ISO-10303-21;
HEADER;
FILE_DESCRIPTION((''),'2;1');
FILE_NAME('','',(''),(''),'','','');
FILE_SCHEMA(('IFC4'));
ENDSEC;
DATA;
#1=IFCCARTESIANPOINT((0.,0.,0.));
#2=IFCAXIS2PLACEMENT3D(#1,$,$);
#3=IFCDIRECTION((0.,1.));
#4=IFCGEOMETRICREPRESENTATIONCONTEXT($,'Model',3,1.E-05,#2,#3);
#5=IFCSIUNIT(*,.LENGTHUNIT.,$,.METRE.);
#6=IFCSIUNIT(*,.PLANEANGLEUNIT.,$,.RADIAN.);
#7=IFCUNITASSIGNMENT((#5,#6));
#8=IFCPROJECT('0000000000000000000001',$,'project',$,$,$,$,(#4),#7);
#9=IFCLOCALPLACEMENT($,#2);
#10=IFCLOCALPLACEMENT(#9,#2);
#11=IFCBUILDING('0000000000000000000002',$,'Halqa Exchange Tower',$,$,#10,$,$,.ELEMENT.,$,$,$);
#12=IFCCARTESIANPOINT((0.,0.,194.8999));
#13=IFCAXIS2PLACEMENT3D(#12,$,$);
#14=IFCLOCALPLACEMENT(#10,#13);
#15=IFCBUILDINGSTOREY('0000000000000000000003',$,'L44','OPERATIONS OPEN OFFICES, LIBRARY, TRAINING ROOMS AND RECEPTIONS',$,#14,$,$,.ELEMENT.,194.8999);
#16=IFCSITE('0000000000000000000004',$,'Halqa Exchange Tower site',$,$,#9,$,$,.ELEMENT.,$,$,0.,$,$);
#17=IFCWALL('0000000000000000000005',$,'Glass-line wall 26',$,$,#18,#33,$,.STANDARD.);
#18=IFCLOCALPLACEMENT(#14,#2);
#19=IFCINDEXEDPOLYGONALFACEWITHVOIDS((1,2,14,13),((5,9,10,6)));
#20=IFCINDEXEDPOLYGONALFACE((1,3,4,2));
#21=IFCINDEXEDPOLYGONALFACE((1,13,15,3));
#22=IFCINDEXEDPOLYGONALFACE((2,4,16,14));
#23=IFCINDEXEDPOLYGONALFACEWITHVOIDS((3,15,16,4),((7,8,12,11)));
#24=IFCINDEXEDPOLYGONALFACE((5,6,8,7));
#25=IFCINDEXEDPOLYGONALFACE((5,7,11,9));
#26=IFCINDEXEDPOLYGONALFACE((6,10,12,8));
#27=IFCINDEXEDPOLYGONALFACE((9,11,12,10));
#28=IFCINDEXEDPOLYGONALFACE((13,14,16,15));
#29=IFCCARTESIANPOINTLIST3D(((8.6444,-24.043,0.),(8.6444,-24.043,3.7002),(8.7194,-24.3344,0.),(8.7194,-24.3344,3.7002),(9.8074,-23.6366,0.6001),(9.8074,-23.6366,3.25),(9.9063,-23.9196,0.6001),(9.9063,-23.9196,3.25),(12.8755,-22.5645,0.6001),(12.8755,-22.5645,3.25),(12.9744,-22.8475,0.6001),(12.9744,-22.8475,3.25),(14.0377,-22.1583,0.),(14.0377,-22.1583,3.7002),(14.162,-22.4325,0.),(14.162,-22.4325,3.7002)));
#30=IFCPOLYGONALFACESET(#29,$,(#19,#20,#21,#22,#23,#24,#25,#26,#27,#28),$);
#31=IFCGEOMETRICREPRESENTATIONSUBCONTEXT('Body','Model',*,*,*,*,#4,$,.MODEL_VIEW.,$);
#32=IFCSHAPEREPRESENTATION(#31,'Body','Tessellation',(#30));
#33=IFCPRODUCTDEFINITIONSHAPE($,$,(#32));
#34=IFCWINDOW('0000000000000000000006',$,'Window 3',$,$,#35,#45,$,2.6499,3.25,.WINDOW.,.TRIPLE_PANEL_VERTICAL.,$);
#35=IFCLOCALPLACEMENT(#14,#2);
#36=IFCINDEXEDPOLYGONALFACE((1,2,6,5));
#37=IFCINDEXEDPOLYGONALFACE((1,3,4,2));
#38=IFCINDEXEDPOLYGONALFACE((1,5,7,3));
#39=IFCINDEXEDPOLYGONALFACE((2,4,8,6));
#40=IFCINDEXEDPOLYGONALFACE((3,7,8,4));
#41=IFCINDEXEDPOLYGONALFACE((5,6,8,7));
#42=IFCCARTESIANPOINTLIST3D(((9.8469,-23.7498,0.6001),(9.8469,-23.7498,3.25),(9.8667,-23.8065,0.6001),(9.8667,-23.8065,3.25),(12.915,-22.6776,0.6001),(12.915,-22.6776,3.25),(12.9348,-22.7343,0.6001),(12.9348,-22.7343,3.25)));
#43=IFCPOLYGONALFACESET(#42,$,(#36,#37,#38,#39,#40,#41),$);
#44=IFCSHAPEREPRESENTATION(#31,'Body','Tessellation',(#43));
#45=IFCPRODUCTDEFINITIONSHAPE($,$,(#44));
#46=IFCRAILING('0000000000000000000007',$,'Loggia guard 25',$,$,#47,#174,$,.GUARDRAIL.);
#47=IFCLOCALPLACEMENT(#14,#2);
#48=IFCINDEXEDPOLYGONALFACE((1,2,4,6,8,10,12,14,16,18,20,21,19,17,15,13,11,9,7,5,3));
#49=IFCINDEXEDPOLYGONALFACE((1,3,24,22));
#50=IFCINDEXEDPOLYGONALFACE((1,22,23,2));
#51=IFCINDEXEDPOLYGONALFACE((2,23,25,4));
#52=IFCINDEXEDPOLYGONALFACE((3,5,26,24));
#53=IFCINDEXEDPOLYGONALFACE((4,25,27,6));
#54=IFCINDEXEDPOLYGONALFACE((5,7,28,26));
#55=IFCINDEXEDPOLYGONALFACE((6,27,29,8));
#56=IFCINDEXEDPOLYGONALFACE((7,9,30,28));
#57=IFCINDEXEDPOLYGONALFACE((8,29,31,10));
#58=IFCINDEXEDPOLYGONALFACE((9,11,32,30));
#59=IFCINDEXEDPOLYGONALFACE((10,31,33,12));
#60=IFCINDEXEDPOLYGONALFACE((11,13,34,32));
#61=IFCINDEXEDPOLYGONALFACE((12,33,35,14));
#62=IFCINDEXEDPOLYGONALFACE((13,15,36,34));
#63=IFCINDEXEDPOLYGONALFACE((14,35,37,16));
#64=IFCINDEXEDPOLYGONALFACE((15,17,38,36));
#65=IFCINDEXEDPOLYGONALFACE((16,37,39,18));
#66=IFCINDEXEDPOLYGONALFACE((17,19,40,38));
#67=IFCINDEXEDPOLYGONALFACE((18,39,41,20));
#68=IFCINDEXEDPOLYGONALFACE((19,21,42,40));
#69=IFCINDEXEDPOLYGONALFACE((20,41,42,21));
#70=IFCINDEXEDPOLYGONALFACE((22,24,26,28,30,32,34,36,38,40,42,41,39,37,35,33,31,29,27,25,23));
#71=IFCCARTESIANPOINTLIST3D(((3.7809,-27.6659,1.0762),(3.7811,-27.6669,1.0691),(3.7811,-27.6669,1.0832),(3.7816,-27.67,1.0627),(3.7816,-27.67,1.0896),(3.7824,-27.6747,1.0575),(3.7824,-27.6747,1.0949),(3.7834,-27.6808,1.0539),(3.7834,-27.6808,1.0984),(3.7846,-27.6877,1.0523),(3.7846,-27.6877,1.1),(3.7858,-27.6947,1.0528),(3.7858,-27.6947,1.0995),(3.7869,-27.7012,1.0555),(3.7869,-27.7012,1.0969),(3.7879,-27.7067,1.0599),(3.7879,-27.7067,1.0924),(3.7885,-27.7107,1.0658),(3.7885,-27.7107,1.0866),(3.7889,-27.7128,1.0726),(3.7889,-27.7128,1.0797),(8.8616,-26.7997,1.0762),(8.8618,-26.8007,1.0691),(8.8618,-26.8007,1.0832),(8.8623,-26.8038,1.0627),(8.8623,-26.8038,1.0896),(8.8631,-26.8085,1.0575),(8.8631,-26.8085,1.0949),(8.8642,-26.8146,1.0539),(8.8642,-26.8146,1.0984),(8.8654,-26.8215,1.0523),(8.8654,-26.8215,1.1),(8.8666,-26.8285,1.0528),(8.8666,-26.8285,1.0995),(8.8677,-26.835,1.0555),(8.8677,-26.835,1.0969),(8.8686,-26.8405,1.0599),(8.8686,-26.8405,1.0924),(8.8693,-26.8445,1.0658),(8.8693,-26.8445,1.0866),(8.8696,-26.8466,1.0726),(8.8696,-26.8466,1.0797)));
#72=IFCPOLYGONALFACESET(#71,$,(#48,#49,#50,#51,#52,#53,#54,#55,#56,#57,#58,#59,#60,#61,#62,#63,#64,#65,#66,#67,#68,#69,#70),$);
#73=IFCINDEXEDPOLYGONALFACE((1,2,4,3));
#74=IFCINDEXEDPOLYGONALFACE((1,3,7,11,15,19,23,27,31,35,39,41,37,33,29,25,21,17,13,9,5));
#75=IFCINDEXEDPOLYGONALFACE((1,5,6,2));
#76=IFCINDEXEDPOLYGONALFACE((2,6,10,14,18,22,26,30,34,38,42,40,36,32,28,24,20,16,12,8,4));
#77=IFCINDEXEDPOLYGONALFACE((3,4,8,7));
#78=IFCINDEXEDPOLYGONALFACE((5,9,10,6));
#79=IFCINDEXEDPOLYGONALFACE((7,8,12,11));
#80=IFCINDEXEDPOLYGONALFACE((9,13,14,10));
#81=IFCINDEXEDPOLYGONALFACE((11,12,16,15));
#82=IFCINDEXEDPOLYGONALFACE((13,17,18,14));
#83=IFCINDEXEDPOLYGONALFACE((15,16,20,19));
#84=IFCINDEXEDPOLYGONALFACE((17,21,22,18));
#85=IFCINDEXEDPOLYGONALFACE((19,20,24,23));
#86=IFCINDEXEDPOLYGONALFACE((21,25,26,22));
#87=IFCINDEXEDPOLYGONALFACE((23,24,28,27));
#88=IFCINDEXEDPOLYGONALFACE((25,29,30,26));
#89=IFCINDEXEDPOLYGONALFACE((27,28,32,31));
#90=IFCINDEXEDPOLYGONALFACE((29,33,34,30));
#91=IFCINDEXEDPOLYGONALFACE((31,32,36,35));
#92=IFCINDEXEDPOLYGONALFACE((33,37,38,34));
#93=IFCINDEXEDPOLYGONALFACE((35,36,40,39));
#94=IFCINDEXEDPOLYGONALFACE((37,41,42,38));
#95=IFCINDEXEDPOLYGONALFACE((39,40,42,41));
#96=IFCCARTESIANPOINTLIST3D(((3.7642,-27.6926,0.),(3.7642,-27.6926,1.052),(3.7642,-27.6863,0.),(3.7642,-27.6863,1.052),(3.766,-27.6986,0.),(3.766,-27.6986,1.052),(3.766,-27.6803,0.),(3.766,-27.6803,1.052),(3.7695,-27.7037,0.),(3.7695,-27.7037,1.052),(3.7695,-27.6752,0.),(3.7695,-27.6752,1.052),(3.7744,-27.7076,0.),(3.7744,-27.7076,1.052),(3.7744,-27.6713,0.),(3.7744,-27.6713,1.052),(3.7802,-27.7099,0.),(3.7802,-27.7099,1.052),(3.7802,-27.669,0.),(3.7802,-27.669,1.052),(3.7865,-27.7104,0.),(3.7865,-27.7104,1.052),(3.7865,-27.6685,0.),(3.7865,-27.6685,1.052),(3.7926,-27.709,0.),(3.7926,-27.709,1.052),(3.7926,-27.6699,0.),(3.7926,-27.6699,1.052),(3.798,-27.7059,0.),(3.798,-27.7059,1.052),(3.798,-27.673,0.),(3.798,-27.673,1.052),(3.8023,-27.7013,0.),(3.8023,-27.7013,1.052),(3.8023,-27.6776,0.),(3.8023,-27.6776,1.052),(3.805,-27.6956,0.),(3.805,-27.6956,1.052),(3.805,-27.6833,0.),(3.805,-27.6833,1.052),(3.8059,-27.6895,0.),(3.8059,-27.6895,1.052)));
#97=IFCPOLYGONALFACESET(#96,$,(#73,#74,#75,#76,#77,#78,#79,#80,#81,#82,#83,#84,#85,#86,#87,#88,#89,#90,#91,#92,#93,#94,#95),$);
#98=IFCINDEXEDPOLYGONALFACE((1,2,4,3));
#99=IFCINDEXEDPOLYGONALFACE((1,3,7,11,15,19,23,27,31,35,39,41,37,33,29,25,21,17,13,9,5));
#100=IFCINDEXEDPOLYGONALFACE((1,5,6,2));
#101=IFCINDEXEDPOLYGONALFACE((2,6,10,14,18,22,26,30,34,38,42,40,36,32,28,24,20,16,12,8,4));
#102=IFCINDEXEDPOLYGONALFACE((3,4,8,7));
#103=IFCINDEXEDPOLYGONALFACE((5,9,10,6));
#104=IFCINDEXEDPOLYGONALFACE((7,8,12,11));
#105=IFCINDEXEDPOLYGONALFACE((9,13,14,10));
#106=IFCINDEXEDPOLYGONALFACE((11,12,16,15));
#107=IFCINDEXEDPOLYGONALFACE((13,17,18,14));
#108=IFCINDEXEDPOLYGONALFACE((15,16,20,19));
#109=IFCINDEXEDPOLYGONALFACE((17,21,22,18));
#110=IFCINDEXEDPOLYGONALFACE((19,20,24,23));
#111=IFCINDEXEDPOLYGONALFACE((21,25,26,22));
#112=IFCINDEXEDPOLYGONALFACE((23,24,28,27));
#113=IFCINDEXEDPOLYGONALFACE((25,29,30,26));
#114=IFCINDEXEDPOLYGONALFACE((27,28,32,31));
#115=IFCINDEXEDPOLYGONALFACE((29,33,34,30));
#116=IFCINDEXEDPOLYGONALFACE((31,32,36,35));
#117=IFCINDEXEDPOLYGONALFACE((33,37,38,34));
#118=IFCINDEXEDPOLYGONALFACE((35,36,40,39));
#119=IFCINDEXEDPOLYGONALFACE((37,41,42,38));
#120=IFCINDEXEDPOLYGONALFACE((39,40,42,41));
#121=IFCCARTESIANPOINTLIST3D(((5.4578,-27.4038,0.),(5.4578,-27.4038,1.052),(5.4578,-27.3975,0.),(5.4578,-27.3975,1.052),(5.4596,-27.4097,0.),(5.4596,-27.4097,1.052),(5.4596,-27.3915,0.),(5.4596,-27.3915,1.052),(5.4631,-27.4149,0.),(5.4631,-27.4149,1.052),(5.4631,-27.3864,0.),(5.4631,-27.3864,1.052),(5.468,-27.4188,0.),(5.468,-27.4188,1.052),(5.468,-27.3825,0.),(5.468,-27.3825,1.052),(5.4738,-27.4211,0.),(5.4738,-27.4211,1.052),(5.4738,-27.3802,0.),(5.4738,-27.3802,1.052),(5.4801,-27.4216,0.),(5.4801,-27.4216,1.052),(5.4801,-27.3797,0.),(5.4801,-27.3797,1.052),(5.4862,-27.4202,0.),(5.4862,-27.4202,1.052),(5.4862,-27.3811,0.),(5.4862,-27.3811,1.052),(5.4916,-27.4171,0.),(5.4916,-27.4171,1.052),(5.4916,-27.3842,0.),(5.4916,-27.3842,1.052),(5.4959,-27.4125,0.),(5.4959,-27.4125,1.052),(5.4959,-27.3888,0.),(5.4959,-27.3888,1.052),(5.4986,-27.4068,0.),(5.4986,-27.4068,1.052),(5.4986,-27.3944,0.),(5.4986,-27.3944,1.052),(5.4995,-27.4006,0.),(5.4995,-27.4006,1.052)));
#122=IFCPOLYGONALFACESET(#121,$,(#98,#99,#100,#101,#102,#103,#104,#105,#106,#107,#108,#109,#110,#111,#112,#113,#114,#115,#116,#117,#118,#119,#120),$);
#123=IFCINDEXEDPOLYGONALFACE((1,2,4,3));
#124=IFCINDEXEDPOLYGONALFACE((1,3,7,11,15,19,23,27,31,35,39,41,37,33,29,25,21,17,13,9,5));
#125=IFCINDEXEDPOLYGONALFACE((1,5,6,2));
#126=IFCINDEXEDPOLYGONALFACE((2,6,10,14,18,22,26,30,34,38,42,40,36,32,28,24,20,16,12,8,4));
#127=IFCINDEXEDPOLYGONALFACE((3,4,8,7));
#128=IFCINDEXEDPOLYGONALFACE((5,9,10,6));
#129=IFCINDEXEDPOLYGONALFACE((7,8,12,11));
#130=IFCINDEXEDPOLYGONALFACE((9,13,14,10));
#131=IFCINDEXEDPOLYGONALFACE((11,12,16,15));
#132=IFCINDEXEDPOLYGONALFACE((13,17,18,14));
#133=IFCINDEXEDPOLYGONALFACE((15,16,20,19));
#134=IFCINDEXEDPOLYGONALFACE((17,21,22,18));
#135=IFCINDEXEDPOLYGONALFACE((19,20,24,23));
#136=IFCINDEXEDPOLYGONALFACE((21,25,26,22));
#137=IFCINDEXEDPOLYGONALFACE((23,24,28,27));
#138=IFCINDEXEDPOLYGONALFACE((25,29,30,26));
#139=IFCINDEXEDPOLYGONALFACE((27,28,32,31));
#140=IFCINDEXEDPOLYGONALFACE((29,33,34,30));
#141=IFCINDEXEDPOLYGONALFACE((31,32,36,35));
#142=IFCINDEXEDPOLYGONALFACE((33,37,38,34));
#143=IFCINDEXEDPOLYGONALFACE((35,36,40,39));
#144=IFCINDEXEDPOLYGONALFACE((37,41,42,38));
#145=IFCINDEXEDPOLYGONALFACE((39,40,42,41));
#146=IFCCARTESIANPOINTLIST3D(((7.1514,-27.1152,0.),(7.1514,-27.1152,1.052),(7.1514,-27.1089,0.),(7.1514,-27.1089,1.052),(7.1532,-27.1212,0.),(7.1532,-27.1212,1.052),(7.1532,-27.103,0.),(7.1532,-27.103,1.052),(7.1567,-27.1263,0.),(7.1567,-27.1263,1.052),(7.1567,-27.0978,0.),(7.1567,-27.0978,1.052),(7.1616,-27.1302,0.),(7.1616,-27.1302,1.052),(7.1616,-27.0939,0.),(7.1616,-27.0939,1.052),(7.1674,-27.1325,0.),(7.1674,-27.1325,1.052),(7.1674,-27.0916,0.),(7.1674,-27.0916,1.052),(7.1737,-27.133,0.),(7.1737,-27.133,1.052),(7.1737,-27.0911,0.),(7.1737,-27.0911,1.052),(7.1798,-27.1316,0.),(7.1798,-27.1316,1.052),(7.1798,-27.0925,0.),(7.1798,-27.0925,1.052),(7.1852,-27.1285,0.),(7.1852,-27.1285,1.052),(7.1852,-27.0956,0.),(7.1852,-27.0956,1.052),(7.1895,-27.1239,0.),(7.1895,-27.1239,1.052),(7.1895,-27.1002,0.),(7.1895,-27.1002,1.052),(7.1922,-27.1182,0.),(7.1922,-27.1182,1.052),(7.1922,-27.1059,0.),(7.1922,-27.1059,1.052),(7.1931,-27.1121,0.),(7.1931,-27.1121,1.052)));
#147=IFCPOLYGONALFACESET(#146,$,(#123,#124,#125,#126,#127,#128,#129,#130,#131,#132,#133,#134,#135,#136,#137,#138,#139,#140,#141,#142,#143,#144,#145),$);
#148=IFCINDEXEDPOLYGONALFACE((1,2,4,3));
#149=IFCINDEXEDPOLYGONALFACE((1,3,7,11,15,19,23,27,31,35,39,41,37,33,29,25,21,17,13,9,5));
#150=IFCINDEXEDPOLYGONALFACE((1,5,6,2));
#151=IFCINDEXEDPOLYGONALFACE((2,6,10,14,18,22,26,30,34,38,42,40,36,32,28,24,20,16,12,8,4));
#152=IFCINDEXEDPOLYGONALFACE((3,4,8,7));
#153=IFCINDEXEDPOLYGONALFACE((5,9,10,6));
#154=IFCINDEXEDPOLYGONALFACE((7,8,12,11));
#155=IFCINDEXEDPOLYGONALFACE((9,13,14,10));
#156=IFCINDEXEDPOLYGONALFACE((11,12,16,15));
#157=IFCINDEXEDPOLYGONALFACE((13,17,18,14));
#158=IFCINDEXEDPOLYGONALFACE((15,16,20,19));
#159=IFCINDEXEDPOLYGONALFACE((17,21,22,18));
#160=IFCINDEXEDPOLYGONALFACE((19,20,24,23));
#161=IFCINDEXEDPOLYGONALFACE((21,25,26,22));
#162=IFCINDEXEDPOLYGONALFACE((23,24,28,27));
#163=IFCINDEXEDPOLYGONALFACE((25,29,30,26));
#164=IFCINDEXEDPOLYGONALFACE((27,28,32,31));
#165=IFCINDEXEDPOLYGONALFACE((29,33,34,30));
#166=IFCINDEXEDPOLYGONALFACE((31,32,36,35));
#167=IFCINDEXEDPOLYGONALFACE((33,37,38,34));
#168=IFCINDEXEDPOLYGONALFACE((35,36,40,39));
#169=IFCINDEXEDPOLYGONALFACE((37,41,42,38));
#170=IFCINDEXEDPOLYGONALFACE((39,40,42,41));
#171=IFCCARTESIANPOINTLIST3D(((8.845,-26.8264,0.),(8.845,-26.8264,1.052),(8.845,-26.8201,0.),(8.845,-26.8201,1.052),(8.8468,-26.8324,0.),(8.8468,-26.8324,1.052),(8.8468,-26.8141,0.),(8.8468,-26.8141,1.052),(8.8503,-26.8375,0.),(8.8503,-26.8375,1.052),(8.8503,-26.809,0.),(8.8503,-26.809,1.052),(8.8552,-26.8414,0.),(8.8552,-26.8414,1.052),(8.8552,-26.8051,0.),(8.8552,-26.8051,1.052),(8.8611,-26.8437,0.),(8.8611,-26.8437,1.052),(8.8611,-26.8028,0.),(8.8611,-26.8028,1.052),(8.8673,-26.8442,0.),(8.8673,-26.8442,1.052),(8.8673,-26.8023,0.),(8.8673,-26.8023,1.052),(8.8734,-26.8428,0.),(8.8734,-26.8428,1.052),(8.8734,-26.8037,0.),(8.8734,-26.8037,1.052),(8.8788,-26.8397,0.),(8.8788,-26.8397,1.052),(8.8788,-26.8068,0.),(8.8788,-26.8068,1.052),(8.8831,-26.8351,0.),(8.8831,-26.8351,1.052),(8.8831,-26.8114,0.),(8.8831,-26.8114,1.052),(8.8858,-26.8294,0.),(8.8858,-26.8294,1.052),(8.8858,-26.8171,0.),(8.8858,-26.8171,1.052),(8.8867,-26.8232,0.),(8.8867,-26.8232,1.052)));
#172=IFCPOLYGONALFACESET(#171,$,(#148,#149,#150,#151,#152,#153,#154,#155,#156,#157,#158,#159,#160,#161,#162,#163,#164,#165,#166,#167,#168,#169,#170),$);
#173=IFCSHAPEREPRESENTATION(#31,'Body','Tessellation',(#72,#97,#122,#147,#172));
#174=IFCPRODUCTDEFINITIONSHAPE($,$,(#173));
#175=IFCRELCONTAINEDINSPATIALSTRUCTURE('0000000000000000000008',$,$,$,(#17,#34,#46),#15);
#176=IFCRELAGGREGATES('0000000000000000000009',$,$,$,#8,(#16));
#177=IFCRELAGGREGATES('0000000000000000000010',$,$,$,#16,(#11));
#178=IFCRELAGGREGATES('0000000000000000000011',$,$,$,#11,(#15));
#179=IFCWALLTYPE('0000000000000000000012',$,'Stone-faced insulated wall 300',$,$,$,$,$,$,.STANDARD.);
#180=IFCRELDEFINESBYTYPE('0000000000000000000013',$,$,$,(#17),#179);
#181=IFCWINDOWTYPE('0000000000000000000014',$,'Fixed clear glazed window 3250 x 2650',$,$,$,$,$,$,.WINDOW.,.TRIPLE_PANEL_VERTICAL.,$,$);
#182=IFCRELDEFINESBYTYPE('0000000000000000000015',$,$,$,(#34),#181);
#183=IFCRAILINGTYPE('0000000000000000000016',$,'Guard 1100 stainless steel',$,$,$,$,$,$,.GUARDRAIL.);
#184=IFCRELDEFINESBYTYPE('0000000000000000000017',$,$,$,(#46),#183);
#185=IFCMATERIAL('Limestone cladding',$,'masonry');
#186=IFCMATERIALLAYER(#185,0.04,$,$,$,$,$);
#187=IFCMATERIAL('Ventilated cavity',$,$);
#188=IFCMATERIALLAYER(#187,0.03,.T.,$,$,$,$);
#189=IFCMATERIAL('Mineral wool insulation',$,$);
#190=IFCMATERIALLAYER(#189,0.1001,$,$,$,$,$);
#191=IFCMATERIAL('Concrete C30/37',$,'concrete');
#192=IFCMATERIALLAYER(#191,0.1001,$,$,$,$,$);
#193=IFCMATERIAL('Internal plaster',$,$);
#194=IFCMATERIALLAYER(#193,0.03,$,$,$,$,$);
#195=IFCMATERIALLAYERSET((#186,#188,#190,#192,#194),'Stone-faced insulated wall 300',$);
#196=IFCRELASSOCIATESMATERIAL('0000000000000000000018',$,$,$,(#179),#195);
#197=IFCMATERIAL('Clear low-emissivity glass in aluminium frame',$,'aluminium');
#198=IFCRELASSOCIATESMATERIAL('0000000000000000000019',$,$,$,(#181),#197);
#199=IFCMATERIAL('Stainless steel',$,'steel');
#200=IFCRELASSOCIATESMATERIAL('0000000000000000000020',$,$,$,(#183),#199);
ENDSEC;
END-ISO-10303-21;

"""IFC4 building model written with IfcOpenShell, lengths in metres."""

from ifc_helpers import new_model, si_unit, direction, frame, frame_2d, origin, origin_2d, place, context, subcontext, project, spatial, polyline, rectangle, circle, outline, extrude, material, layer, layer_set, type_object, element, fill, save


model = new_model("IFC4")

# Units and contexts
model_context = context("Model", 3, precision=1e-05, world=origin(), true_north=direction((0.0, 1.0)))
body_context = subcontext(model_context, "Body", "Model", "MODEL_VIEW")
ifc_project = project(units=[si_unit("LENGTHUNIT", "METRE"), si_unit("PLANEANGLEUNIT", "RADIAN")], contexts=[model_context])

# Site, building, storey
site_placement = place(None, origin())
site = spatial("IfcSite", under=ifc_project, at=site_placement, Name="Halqa Exchange Tower site", CompositionType="ELEMENT", RefElevation=0.0)
building_placement = place(site_placement, origin())
building = spatial("IfcBuilding", under=site, at=building_placement, Name="Halqa Exchange Tower", CompositionType="ELEMENT")
storey_placement = place(building_placement, frame((0.0, 0.0, 194.8999)))
storey = spatial("IfcBuildingStorey", under=building, at=storey_placement, Name="L44", Description="OPERATIONS OPEN OFFICES, LIBRARY, TRAINING ROOMS AND RECEPTIONS", CompositionType="ELEMENT", Elevation=194.8999)

# Shared definitions
ifc_material_1 = material(Name="Concrete C30/37", Category="concrete")

# Wall, opening, window
ifc_material_2 = material(Name="Limestone cladding", Category="masonry")
ifc_layer_1 = layer(ifc_material_2, 0.04)
ifc_material_3 = material(Name="Ventilated cavity")
ifc_layer_2 = layer(ifc_material_3, 0.03, ventilated=True)
ifc_material_4 = material(Name="Mineral wool insulation")
ifc_layer_3 = layer(ifc_material_4, 0.1001)
ifc_layer_4 = layer(ifc_material_1, 0.1001)
ifc_material_5 = material(Name="Internal plaster")
ifc_layer_5 = layer(ifc_material_5, 0.03)
ifc_layer_set_1 = layer_set([ifc_layer_1, ifc_layer_2, ifc_layer_3, ifc_layer_4, ifc_layer_5], Name="Stone-faced insulated wall 300")
wall_type_1 = type_object("IfcWallType", Name="Stone-faced insulated wall 300", PredefinedType="STANDARD", material=ifc_layer_set_1)
ifc_material_6 = material(Name="Clear low-emissivity glass in aluminium frame", Category="aluminium")
window_type = type_object("IfcWindowType", Name="Fixed clear glazed window 3250 x 2650", PartitioningType="TRIPLE_PANEL_VERTICAL", PredefinedType="WINDOW", material=ifc_material_6)
wall_1_placement = place(storey_placement, frame((8.6819, -24.1887, 0.0), z_axis=(0.0, 0.0, 1.0), x_axis=(0.94402, 0.329888, 0.0)))
wall_1 = element("IfcWall", 1, at=wall_1_placement, inside=storey, type_object=wall_type_1, Name="Glass-line wall 26", PredefinedType="STANDARD", context=body_context, shape_type="SweptSolid", body=[
    extrude(outline(polyline([(-0.0127, -0.1499), (5.7527, -0.1499), (5.7258, 0.1499), (0.0127, 0.1499), (-0.0127, -0.1499)])), origin(), (0.0, 0.0, 1.0), 3.7002),
])
opening_1_placement = place(wall_1_placement, frame((1.2446, 0.0, 0.6001)))
opening_1 = element("IfcOpeningElement", 2, at=opening_1_placement, cuts=wall_1, PredefinedType="OPENING", context=body_context, shape_type="SweptSolid", body=[
    extrude(rectangle(XDim=3.25, YDim=2.6499, at=frame_2d((1.625, 1.325))), frame((0.0, 0.1621, 0.0), z_axis=(0.0, -1.0, 0.0), x_axis=(1.0, 0.0, 0.0)), (0.0, 0.0, 1.0), 0.324),
])
window_1_placement = place(opening_1_placement, origin())
window_1 = element("IfcWindow", 3, at=window_1_placement, inside=storey, type_object=window_type, Name="Window 3", OverallHeight=2.6499, OverallWidth=3.25, PartitioningType="TRIPLE_PANEL_VERTICAL", PredefinedType="WINDOW", context=body_context, shape_type="SweptSolid", body=[
    extrude(rectangle(XDim=3.25, YDim=2.6499, at=frame_2d((1.625, 1.325))), frame((0.0, 0.03, 0.0), z_axis=(0.0, -1.0, 0.0), x_axis=(1.0, 0.0, 0.0)), (0.0, 0.0, 1.0), 0.0601),
])
fill(opening_1, window_1)

# Railing
ifc_material_7 = material(Name="Stainless steel", Category="steel")
railing_type = type_object("IfcRailingType", Name="Guard 1100 stainless steel", PredefinedType="GUARDRAIL", material=ifc_material_7)
railing_1_placement = place(storey_placement, frame((3.7849, -27.6895, 0.0)))
element("IfcRailing", 4, at=railing_1_placement, inside=storey, type_object=railing_type, Name="Loggia guard 25", PredefinedType="GUARDRAIL", context=body_context, shape_type="SweptSolid", body=[
    extrude(circle(Radius=0.0239, at=origin_2d()), frame((0.0, 0.0, 1.0762), z_axis=(0.985776, 0.168062, 0.0), x_axis=(-0.168062, 0.985776, 0.0)), (0.0, 0.0, 1.0), 5.1541),
    extrude(circle(Radius=0.021, at=origin_2d()), origin(), (0.0, 0.0, 1.0), 1.052),
    extrude(circle(Radius=0.021, at=origin_2d()), frame((1.6936, 0.2888, 0.0)), (0.0, 0.0, 1.0), 1.052),
    extrude(circle(Radius=0.021, at=origin_2d()), frame((3.3872, 0.5774, 0.0)), (0.0, 0.0, 1.0), 1.052),
    extrude(circle(Radius=0.021, at=origin_2d()), frame((5.0808, 0.8662, 0.0)), (0.0, 0.0, 1.0), 1.052),
])

save(model, "model.ifc")
